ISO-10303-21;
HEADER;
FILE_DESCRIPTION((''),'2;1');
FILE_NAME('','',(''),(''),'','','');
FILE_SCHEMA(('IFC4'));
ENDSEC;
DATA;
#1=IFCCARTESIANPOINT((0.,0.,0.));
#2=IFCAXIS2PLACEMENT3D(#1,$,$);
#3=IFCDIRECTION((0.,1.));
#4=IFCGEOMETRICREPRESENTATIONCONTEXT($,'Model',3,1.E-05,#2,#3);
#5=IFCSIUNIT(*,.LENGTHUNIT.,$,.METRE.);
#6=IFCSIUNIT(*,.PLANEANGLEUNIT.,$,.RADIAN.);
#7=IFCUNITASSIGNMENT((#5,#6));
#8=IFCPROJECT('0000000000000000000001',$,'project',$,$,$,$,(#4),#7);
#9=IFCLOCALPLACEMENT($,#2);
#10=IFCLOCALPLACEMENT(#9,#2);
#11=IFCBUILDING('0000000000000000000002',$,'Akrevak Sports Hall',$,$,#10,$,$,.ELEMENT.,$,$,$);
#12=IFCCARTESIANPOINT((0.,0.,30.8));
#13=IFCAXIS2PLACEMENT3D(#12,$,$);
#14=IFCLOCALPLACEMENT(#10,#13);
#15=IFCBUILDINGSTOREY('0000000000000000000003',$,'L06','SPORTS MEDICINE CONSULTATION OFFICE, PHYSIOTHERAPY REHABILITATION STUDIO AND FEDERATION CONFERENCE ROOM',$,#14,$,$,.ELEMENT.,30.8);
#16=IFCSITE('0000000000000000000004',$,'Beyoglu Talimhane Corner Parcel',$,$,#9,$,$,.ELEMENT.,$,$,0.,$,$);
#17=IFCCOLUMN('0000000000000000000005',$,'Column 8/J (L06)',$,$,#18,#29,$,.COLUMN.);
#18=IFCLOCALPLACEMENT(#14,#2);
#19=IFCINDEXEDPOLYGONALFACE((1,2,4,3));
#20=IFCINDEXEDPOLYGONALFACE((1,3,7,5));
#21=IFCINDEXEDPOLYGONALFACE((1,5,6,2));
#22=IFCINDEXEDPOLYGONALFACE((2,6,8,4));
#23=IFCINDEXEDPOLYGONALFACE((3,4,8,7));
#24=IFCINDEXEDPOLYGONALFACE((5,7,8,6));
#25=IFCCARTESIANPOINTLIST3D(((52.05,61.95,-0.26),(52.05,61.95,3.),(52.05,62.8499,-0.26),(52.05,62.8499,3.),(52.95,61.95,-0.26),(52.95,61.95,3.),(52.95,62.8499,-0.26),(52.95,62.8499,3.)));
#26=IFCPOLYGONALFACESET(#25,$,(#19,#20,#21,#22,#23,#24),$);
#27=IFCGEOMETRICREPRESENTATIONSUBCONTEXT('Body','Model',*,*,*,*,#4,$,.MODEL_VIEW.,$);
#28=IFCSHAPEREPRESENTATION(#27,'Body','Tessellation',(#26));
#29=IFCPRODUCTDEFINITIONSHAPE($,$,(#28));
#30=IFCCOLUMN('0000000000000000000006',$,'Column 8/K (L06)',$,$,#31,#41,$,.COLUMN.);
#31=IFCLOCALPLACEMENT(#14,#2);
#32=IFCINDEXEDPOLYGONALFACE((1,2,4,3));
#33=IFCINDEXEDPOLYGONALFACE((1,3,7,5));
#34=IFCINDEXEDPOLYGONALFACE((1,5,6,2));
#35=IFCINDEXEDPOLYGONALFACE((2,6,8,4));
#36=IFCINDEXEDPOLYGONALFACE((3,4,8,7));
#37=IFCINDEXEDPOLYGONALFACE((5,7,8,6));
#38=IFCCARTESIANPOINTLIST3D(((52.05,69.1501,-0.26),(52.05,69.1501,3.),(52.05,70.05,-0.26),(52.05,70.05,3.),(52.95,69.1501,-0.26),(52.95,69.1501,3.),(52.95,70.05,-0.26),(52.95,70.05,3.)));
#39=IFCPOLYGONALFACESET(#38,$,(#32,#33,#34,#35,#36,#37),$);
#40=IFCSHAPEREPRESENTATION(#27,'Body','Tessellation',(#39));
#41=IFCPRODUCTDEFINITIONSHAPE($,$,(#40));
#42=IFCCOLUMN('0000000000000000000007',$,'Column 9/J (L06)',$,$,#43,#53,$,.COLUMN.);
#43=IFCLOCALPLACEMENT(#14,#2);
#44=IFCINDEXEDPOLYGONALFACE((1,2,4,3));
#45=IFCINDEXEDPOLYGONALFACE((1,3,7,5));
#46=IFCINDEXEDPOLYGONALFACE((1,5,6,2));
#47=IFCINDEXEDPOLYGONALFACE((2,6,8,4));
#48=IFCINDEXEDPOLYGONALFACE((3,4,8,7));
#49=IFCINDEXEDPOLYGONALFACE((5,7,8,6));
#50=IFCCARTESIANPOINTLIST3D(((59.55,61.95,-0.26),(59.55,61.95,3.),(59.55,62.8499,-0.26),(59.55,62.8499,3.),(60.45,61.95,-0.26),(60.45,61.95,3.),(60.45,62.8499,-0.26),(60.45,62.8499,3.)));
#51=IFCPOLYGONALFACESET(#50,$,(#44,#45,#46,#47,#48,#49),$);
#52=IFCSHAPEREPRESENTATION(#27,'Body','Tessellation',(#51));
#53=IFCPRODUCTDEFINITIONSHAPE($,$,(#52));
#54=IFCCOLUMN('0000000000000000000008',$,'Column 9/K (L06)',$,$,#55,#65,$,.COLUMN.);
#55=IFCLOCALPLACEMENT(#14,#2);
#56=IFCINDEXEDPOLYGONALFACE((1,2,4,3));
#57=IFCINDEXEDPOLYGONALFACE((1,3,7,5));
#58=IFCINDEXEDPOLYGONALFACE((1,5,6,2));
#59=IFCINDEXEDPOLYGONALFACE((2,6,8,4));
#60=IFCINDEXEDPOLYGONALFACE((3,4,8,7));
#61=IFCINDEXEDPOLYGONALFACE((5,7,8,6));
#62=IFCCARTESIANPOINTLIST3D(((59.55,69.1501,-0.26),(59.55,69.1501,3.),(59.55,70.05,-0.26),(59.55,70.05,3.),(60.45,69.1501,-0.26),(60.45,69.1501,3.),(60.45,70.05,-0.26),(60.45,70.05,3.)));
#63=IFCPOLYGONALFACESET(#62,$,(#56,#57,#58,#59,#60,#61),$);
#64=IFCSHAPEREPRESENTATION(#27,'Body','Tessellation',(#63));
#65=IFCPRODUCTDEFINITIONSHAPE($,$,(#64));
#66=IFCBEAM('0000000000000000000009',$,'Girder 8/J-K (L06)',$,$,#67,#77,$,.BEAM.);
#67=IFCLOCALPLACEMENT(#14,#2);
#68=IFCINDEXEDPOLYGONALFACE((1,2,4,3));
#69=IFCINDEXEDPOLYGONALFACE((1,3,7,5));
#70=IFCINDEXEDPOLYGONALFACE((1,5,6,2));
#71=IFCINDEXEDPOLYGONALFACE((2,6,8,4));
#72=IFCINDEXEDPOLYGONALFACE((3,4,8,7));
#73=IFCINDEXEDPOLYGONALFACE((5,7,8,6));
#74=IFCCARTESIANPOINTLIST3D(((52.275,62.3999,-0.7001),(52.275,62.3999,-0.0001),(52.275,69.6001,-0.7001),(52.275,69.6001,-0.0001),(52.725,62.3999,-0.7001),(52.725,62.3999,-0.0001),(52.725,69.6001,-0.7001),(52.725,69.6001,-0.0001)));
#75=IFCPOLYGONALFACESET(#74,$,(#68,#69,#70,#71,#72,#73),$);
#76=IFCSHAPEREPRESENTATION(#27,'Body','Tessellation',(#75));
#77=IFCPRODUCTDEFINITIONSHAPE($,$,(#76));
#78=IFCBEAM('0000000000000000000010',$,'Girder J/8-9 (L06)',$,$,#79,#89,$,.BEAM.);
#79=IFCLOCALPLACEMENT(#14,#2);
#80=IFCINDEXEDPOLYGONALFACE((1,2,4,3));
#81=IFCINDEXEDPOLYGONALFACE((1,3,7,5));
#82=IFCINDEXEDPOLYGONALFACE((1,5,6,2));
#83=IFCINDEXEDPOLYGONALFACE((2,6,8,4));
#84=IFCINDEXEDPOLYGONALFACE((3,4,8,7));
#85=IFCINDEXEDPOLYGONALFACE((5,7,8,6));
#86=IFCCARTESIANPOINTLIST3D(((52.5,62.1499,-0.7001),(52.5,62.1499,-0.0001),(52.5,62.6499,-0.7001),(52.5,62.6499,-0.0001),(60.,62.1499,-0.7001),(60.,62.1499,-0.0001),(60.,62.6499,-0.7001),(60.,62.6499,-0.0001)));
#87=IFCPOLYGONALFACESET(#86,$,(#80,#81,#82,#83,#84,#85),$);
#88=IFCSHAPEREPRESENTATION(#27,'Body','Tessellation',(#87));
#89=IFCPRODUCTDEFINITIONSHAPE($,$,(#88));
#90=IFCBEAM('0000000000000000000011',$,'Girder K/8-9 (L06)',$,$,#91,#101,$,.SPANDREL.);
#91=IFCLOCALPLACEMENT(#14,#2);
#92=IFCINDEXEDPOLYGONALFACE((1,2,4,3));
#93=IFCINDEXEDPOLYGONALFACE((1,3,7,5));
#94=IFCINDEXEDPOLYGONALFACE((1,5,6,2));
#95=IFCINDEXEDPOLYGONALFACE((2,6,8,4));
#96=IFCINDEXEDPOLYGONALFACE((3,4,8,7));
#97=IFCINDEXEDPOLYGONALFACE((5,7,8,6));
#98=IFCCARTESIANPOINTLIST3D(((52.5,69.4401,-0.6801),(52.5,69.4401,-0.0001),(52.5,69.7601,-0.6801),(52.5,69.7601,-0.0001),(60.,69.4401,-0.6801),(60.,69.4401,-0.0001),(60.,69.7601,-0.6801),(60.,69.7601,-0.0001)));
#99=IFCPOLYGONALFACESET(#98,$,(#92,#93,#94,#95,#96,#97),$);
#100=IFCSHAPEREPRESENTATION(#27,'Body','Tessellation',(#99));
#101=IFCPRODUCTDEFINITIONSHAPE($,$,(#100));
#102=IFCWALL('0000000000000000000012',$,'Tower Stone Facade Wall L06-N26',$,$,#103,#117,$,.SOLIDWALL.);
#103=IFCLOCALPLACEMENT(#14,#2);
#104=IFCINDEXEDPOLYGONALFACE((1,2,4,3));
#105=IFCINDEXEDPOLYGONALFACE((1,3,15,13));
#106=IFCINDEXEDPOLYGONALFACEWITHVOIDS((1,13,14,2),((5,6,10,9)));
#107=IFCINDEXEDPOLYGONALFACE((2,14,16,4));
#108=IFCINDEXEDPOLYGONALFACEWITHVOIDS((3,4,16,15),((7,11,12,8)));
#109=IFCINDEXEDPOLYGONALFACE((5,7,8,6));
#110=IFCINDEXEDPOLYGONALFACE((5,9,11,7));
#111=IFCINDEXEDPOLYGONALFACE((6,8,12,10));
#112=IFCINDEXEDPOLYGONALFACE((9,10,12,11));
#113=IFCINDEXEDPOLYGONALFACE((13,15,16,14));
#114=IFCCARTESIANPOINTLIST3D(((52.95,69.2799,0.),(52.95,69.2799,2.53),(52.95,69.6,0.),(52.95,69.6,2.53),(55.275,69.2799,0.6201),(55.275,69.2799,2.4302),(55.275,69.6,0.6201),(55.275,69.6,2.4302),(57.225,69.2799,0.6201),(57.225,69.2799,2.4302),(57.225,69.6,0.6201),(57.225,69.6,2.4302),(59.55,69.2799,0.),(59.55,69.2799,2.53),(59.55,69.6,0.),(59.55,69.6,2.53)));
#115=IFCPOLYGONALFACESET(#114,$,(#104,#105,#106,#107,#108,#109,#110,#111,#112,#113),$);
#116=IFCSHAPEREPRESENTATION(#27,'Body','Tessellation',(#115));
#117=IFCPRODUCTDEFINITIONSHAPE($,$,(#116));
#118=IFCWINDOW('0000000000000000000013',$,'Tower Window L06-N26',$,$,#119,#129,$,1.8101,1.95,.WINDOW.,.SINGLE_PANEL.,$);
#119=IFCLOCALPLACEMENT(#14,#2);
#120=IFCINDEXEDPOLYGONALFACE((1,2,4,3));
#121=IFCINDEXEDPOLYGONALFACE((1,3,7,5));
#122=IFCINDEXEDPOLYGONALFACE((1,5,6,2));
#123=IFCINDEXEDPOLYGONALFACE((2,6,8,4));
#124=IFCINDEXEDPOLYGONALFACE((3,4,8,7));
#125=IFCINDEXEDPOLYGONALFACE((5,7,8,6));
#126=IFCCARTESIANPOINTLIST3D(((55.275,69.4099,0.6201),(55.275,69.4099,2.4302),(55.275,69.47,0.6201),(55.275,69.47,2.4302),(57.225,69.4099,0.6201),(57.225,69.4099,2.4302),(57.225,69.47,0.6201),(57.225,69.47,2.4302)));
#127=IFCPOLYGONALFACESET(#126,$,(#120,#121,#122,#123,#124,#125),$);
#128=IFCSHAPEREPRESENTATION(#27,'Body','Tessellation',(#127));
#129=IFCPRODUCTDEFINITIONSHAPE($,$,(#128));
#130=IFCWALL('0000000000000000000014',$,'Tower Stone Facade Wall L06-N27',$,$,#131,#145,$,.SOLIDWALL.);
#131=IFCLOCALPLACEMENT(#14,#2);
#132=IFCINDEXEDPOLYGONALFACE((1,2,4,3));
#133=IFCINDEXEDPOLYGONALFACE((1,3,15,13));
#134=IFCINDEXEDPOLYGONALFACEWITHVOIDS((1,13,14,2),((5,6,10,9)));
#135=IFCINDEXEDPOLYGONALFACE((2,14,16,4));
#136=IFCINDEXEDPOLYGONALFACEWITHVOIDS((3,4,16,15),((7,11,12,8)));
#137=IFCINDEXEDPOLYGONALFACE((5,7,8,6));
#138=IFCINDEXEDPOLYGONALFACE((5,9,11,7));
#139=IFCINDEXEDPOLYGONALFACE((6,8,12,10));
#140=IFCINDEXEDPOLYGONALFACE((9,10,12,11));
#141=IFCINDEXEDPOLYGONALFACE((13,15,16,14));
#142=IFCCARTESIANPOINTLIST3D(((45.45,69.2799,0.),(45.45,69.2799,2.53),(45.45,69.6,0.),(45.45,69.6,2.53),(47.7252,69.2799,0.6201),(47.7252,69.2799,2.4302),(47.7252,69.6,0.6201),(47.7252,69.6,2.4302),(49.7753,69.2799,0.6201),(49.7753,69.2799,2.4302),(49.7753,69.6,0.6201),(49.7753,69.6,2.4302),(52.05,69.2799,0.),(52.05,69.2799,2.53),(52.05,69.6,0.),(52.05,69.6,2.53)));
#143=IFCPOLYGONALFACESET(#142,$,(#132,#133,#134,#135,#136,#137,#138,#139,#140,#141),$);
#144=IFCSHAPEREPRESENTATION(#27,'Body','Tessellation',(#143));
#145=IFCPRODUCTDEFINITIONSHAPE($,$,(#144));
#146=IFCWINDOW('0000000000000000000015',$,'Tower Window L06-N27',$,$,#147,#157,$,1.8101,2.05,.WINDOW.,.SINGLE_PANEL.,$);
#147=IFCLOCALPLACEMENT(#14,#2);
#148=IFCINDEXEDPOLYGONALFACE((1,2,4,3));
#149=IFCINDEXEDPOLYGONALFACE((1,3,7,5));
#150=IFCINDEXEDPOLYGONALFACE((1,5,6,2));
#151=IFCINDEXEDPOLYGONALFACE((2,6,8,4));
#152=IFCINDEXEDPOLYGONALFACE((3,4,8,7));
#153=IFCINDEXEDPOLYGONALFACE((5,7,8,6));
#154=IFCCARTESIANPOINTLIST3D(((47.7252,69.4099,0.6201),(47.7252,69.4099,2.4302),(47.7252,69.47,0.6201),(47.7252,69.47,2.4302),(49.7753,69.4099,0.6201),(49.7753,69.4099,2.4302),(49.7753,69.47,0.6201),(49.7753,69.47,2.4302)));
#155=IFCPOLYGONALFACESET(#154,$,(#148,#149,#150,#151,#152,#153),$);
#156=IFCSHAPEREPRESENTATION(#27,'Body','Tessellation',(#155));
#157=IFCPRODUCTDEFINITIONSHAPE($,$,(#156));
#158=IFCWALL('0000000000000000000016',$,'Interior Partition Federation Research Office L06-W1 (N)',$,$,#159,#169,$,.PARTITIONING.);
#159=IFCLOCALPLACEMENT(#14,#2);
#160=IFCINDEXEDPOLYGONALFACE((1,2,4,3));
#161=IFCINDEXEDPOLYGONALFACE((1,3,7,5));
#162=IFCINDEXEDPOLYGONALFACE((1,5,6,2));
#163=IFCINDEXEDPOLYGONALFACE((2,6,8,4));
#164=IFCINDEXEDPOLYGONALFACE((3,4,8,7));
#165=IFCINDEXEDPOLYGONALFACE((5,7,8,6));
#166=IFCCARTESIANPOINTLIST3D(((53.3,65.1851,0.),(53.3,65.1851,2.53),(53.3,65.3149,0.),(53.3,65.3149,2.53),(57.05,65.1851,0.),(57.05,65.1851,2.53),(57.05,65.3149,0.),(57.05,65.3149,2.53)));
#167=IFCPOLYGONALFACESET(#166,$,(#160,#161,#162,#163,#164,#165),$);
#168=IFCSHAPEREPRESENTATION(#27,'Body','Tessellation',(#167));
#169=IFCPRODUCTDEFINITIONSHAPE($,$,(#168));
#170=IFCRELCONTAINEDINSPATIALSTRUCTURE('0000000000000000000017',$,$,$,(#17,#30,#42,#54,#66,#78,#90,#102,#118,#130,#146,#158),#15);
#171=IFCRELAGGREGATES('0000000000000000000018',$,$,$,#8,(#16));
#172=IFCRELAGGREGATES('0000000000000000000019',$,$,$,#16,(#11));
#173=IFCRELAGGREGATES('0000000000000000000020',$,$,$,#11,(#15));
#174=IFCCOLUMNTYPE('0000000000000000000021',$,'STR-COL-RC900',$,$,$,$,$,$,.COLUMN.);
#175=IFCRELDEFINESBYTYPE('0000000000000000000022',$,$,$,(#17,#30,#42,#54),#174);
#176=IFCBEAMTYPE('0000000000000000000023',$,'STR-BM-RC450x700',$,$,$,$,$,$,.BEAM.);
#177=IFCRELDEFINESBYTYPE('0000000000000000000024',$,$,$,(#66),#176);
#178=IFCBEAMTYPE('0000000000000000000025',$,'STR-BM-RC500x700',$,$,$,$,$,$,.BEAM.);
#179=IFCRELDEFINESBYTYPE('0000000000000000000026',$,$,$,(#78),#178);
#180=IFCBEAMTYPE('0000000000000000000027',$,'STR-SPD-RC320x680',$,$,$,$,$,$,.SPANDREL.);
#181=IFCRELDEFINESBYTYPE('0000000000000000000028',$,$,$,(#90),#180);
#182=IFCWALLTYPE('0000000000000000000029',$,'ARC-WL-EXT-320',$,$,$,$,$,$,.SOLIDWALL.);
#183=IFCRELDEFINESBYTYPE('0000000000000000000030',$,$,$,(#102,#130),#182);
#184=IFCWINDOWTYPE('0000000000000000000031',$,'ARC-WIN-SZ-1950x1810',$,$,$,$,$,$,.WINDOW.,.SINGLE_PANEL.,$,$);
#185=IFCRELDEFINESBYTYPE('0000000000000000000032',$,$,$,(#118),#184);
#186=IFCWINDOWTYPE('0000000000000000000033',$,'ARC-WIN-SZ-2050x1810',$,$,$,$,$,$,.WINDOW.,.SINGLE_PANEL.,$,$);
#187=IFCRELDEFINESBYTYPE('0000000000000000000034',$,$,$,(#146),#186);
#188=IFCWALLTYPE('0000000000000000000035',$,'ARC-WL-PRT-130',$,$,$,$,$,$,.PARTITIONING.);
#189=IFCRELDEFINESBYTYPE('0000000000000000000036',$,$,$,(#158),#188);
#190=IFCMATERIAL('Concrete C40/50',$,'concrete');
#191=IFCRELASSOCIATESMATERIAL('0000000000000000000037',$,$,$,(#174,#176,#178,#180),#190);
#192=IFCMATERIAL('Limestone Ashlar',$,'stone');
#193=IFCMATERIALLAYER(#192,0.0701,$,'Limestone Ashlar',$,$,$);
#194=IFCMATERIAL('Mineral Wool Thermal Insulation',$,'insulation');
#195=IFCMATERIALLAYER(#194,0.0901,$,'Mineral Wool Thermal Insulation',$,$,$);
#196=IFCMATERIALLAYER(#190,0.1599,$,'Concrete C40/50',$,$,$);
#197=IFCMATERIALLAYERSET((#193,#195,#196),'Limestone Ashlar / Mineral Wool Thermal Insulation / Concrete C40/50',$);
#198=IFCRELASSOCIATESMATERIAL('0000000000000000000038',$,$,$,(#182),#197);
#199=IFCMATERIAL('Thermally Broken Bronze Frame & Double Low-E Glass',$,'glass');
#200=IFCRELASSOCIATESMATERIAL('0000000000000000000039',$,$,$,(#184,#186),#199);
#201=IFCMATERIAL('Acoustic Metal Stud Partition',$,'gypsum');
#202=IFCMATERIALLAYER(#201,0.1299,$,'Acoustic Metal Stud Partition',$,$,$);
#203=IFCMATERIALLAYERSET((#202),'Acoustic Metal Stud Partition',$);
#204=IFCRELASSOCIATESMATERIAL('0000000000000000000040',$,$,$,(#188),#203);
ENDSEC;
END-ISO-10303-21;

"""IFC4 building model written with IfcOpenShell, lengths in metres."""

from ifc_helpers import new_model, si_unit, direction, frame, frame_2d, origin, origin_2d, place, context, subcontext, project, spatial, rectangle, extrude, material, layer, layer_set, material_profile, profile_set, type_object, element, fill, save


model = new_model("IFC4")

# Units and contexts
model_context = context("Model", 3, precision=1e-05, world=origin(), true_north=direction((0.0, 1.0)))
body_context = subcontext(model_context, "Body", "Model", "MODEL_VIEW")
ifc_project = project(units=[si_unit("LENGTHUNIT", "METRE"), si_unit("PLANEANGLEUNIT", "RADIAN")], contexts=[model_context])

# Site, building, storey
site_placement = place(None, origin())
site = spatial("IfcSite", under=ifc_project, at=site_placement, Name="Beyoglu Talimhane Corner Parcel", CompositionType="ELEMENT", RefElevation=0.0)
building_placement = place(site_placement, origin())
building = spatial("IfcBuilding", under=site, at=building_placement, Name="Akrevak Sports Hall", CompositionType="ELEMENT")
storey_placement = place(building_placement, frame((0.0, 0.0, 30.8)))
storey = spatial("IfcBuildingStorey", under=building, at=storey_placement, Name="L06", Description="SPORTS MEDICINE CONSULTATION OFFICE, PHYSIOTHERAPY REHABILITATION STUDIO AND FEDERATION CONFERENCE ROOM", CompositionType="ELEMENT", Elevation=30.8)

# Columns
ifc_material_1 = material(Name="Concrete C40/50", Category="concrete")
ifc_material_profile_1 = material_profile(ifc_material_1, rectangle(XDim=0.8999, YDim=0.8999, at=origin_2d()), Name="RC 900x900", Category="concrete")
ifc_profile_set_1 = profile_set([ifc_material_profile_1], Name="Concrete C40/50")
column_type = type_object("IfcColumnType", Name="STR-COL-RC900", PredefinedType="COLUMN", material=ifc_profile_set_1)
for number, where, z_axis, x_axis, name in (
    (1, (52.5, 62.3999, -0.26), (0.0, 0.0, 1.0), (1.0, 0.0, 0.0), "Column 8/J (L06)"),
    (2, (52.5, 69.6001, -0.26), (0.0, 0.0, 1.0), (1.0, 0.0, 0.0), "Column 8/K (L06)"),
    (3, (60.0, 62.3999, -0.26), (0.0, 0.0, 1.0), (1.0, 0.0, 0.0), "Column 9/J (L06)"),
    (4, (60.0, 69.6001, -0.26), (0.0, 0.0, 1.0), (1.0, 0.0, 0.0), "Column 9/K (L06)"),
):
    element("IfcColumn", number, at=place(storey_placement, frame(where, z_axis=z_axis, x_axis=x_axis)), inside=storey, type_object=column_type, Name=name, PredefinedType="COLUMN", context=body_context, shape_type="SweptSolid", body=[
        extrude(rectangle(XDim=0.8999, YDim=0.8999, at=origin_2d()), origin(), (0.0, 0.0, 1.0), 3.26),
    ])

# Beams
ifc_material_profile_2 = material_profile(ifc_material_1, rectangle(XDim=0.45, YDim=0.7, at=origin_2d()), Name="BM 450x700", Category="concrete")
ifc_profile_set_2 = profile_set([ifc_material_profile_2], Name="Concrete C40/50")
beam_type_1 = type_object("IfcBeamType", Name="STR-BM-RC450x700", PredefinedType="BEAM", material=ifc_profile_set_2)
beam_1_placement = place(storey_placement, frame((52.5, 62.3999, -0.3501), z_axis=(0.0, 1.0, 0.0), x_axis=(-1.0, 0.0, 0.0)))
element("IfcBeam", 5, at=beam_1_placement, inside=storey, type_object=beam_type_1, Name="Girder 8/J-K (L06)", PredefinedType="BEAM", context=body_context, shape_type="SweptSolid", body=[
    extrude(rectangle(XDim=0.45, YDim=0.7, at=origin_2d()), origin(), (0.0, 0.0, 1.0), 7.2002),
])
ifc_material_profile_3 = material_profile(ifc_material_1, rectangle(XDim=0.5, YDim=0.7, at=origin_2d()), Name="BM 500x700", Category="concrete")
ifc_profile_set_3 = profile_set([ifc_material_profile_3], Name="Concrete C40/50")
beam_type_2 = type_object("IfcBeamType", Name="STR-BM-RC500x700", PredefinedType="BEAM", material=ifc_profile_set_3)
beam_2_placement = place(storey_placement, frame((52.5, 62.3999, -0.3501), z_axis=(1.0, 0.0, 0.0), x_axis=(0.0, 1.0, 0.0)))
element("IfcBeam", 6, at=beam_2_placement, inside=storey, type_object=beam_type_2, Name="Girder J/8-9 (L06)", PredefinedType="BEAM", context=body_context, shape_type="SweptSolid", body=[
    extrude(rectangle(XDim=0.5, YDim=0.7, at=origin_2d()), origin(), (0.0, 0.0, 1.0), 7.5),
])
ifc_material_profile_4 = material_profile(ifc_material_1, rectangle(XDim=0.3201, YDim=0.6799, at=origin_2d()), Name="SPD 320x680", Category="concrete")
ifc_profile_set_4 = profile_set([ifc_material_profile_4], Name="Concrete C40/50")
beam_type_3 = type_object("IfcBeamType", Name="STR-SPD-RC320x680", PredefinedType="SPANDREL", material=ifc_profile_set_4)
beam_3_placement = place(storey_placement, frame((52.5, 69.6001, -0.3401), z_axis=(1.0, 0.0, 0.0), x_axis=(0.0, 1.0, 0.0)))
element("IfcBeam", 7, at=beam_3_placement, inside=storey, type_object=beam_type_3, Name="Girder K/8-9 (L06)", PredefinedType="SPANDREL", context=body_context, shape_type="SweptSolid", body=[
    extrude(rectangle(XDim=0.3201, YDim=0.6799, at=origin_2d()), origin(), (0.0, 0.0, 1.0), 7.5),
])

# Walls, openings, windows
ifc_material_2 = material(Name="Limestone Ashlar", Category="stone")
ifc_layer_1 = layer(ifc_material_2, 0.0701, Name="Limestone Ashlar")
ifc_material_3 = material(Name="Mineral Wool Thermal Insulation", Category="insulation")
ifc_layer_2 = layer(ifc_material_3, 0.0901, Name="Mineral Wool Thermal Insulation")
ifc_layer_3 = layer(ifc_material_1, 0.1599, Name="Concrete C40/50")
ifc_layer_set_1 = layer_set([ifc_layer_1, ifc_layer_2, ifc_layer_3], Name="Limestone Ashlar / Mineral Wool Thermal Insulation / Concrete C40/50")
wall_type_1 = type_object("IfcWallType", Name="ARC-WL-EXT-320", PredefinedType="SOLIDWALL", material=ifc_layer_set_1)
wall_1_placement = place(storey_placement, frame((59.55, 69.4399, 0.0), z_axis=(0.0, 0.0, 1.0), x_axis=(-1.0, 0.0, 0.0)))
wall_1 = element("IfcWall", 8, at=wall_1_placement, inside=storey, type_object=wall_type_1, Name="Tower Stone Facade Wall L06-N26", PredefinedType="SOLIDWALL", context=body_context, shape_type="SweptSolid", body=[
    extrude(rectangle(XDim=6.6001, YDim=0.3201, at=frame_2d((3.3, 0.0))), origin(), (0.0, 0.0, 1.0), 2.53),
])
opening_1_placement = place(wall_1_placement, frame((2.325, 0.0, 0.6201)))
opening_1 = element("IfcOpeningElement", 9, at=opening_1_placement, cuts=wall_1, PredefinedType="OPENING", context=body_context, shape_type="SweptSolid", body=[
    extrude(rectangle(XDim=1.95, YDim=1.8101, at=frame_2d((0.9751, 0.905))), frame((0.0, 0.1719, 0.0), z_axis=(0.0, -1.0, 0.0), x_axis=(1.0, 0.0, 0.0)), (0.0, 0.0, 1.0), 0.344),
])
ifc_material_4 = material(Name="Thermally Broken Bronze Frame & Double Low-E Glass", Category="glass")
window_type_1 = type_object("IfcWindowType", Name="ARC-WIN-SZ-1950x1810", PartitioningType="SINGLE_PANEL", PredefinedType="WINDOW", material=ifc_material_4)
window_1_placement = place(opening_1_placement, origin())
window_1 = element("IfcWindow", 10, at=window_1_placement, inside=storey, type_object=window_type_1, Name="Tower Window L06-N26", OverallHeight=1.8101, OverallWidth=1.95, PartitioningType="SINGLE_PANEL", PredefinedType="WINDOW", context=body_context, shape_type="SweptSolid", body=[
    extrude(rectangle(XDim=1.95, YDim=1.8101, at=frame_2d((0.9751, 0.905))), frame((0.0, 0.03, 0.0), z_axis=(0.0, -1.0, 0.0), x_axis=(1.0, 0.0, 0.0)), (0.0, 0.0, 1.0), 0.0601),
])
fill(opening_1, window_1)
wall_2_placement = place(storey_placement, frame((52.05, 69.4399, 0.0), z_axis=(0.0, 0.0, 1.0), x_axis=(-1.0, 0.0, 0.0)))
wall_2 = element("IfcWall", 11, at=wall_2_placement, inside=storey, type_object=wall_type_1, Name="Tower Stone Facade Wall L06-N27", PredefinedType="SOLIDWALL", context=body_context, shape_type="SweptSolid", body=[
    extrude(rectangle(XDim=6.6001, YDim=0.3201, at=frame_2d((3.3, 0.0))), origin(), (0.0, 0.0, 1.0), 2.53),
])
opening_2_placement = place(wall_2_placement, frame((2.2749, 0.0, 0.6201)))
opening_2 = element("IfcOpeningElement", 12, at=opening_2_placement, cuts=wall_2, PredefinedType="OPENING", context=body_context, shape_type="SweptSolid", body=[
    extrude(rectangle(XDim=2.05, YDim=1.8101, at=frame_2d((1.0249, 0.905))), frame((0.0, 0.1719, 0.0), z_axis=(0.0, -1.0, 0.0), x_axis=(1.0, 0.0, 0.0)), (0.0, 0.0, 1.0), 0.344),
])
window_type_2 = type_object("IfcWindowType", Name="ARC-WIN-SZ-2050x1810", PartitioningType="SINGLE_PANEL", PredefinedType="WINDOW", material=ifc_material_4)
window_2_placement = place(opening_2_placement, origin())
window_2 = element("IfcWindow", 13, at=window_2_placement, inside=storey, type_object=window_type_2, Name="Tower Window L06-N27", OverallHeight=1.8101, OverallWidth=2.05, PartitioningType="SINGLE_PANEL", PredefinedType="WINDOW", context=body_context, shape_type="SweptSolid", body=[
    extrude(rectangle(XDim=2.05, YDim=1.8101, at=frame_2d((1.0249, 0.905))), frame((0.0, 0.03, 0.0), z_axis=(0.0, -1.0, 0.0), x_axis=(1.0, 0.0, 0.0)), (0.0, 0.0, 1.0), 0.0601),
])
fill(opening_2, window_2)

# Wall
ifc_material_5 = material(Name="Acoustic Metal Stud Partition", Category="gypsum")
ifc_layer_4 = layer(ifc_material_5, 0.1299, Name="Acoustic Metal Stud Partition")
ifc_layer_set_2 = layer_set([ifc_layer_4], Name="Acoustic Metal Stud Partition")
wall_type_2 = type_object("IfcWallType", Name="ARC-WL-PRT-130", PredefinedType="PARTITIONING", material=ifc_layer_set_2)
wall_3_placement = place(storey_placement, frame((53.3, 65.25, 0.0), z_axis=(0.0, 0.0, 1.0), x_axis=(1.0, 0.0, 0.0)))
element("IfcWall", 14, at=wall_3_placement, inside=storey, type_object=wall_type_2, Name="Interior Partition Federation Research Office L06-W1 (N)", PredefinedType="PARTITIONING", context=body_context, shape_type="SweptSolid", body=[
    extrude(rectangle(XDim=3.75, YDim=0.1299, at=frame_2d((1.875, 0.0))), origin(), (0.0, 0.0, 1.0), 2.53),
])

save(model, "model.ifc")
